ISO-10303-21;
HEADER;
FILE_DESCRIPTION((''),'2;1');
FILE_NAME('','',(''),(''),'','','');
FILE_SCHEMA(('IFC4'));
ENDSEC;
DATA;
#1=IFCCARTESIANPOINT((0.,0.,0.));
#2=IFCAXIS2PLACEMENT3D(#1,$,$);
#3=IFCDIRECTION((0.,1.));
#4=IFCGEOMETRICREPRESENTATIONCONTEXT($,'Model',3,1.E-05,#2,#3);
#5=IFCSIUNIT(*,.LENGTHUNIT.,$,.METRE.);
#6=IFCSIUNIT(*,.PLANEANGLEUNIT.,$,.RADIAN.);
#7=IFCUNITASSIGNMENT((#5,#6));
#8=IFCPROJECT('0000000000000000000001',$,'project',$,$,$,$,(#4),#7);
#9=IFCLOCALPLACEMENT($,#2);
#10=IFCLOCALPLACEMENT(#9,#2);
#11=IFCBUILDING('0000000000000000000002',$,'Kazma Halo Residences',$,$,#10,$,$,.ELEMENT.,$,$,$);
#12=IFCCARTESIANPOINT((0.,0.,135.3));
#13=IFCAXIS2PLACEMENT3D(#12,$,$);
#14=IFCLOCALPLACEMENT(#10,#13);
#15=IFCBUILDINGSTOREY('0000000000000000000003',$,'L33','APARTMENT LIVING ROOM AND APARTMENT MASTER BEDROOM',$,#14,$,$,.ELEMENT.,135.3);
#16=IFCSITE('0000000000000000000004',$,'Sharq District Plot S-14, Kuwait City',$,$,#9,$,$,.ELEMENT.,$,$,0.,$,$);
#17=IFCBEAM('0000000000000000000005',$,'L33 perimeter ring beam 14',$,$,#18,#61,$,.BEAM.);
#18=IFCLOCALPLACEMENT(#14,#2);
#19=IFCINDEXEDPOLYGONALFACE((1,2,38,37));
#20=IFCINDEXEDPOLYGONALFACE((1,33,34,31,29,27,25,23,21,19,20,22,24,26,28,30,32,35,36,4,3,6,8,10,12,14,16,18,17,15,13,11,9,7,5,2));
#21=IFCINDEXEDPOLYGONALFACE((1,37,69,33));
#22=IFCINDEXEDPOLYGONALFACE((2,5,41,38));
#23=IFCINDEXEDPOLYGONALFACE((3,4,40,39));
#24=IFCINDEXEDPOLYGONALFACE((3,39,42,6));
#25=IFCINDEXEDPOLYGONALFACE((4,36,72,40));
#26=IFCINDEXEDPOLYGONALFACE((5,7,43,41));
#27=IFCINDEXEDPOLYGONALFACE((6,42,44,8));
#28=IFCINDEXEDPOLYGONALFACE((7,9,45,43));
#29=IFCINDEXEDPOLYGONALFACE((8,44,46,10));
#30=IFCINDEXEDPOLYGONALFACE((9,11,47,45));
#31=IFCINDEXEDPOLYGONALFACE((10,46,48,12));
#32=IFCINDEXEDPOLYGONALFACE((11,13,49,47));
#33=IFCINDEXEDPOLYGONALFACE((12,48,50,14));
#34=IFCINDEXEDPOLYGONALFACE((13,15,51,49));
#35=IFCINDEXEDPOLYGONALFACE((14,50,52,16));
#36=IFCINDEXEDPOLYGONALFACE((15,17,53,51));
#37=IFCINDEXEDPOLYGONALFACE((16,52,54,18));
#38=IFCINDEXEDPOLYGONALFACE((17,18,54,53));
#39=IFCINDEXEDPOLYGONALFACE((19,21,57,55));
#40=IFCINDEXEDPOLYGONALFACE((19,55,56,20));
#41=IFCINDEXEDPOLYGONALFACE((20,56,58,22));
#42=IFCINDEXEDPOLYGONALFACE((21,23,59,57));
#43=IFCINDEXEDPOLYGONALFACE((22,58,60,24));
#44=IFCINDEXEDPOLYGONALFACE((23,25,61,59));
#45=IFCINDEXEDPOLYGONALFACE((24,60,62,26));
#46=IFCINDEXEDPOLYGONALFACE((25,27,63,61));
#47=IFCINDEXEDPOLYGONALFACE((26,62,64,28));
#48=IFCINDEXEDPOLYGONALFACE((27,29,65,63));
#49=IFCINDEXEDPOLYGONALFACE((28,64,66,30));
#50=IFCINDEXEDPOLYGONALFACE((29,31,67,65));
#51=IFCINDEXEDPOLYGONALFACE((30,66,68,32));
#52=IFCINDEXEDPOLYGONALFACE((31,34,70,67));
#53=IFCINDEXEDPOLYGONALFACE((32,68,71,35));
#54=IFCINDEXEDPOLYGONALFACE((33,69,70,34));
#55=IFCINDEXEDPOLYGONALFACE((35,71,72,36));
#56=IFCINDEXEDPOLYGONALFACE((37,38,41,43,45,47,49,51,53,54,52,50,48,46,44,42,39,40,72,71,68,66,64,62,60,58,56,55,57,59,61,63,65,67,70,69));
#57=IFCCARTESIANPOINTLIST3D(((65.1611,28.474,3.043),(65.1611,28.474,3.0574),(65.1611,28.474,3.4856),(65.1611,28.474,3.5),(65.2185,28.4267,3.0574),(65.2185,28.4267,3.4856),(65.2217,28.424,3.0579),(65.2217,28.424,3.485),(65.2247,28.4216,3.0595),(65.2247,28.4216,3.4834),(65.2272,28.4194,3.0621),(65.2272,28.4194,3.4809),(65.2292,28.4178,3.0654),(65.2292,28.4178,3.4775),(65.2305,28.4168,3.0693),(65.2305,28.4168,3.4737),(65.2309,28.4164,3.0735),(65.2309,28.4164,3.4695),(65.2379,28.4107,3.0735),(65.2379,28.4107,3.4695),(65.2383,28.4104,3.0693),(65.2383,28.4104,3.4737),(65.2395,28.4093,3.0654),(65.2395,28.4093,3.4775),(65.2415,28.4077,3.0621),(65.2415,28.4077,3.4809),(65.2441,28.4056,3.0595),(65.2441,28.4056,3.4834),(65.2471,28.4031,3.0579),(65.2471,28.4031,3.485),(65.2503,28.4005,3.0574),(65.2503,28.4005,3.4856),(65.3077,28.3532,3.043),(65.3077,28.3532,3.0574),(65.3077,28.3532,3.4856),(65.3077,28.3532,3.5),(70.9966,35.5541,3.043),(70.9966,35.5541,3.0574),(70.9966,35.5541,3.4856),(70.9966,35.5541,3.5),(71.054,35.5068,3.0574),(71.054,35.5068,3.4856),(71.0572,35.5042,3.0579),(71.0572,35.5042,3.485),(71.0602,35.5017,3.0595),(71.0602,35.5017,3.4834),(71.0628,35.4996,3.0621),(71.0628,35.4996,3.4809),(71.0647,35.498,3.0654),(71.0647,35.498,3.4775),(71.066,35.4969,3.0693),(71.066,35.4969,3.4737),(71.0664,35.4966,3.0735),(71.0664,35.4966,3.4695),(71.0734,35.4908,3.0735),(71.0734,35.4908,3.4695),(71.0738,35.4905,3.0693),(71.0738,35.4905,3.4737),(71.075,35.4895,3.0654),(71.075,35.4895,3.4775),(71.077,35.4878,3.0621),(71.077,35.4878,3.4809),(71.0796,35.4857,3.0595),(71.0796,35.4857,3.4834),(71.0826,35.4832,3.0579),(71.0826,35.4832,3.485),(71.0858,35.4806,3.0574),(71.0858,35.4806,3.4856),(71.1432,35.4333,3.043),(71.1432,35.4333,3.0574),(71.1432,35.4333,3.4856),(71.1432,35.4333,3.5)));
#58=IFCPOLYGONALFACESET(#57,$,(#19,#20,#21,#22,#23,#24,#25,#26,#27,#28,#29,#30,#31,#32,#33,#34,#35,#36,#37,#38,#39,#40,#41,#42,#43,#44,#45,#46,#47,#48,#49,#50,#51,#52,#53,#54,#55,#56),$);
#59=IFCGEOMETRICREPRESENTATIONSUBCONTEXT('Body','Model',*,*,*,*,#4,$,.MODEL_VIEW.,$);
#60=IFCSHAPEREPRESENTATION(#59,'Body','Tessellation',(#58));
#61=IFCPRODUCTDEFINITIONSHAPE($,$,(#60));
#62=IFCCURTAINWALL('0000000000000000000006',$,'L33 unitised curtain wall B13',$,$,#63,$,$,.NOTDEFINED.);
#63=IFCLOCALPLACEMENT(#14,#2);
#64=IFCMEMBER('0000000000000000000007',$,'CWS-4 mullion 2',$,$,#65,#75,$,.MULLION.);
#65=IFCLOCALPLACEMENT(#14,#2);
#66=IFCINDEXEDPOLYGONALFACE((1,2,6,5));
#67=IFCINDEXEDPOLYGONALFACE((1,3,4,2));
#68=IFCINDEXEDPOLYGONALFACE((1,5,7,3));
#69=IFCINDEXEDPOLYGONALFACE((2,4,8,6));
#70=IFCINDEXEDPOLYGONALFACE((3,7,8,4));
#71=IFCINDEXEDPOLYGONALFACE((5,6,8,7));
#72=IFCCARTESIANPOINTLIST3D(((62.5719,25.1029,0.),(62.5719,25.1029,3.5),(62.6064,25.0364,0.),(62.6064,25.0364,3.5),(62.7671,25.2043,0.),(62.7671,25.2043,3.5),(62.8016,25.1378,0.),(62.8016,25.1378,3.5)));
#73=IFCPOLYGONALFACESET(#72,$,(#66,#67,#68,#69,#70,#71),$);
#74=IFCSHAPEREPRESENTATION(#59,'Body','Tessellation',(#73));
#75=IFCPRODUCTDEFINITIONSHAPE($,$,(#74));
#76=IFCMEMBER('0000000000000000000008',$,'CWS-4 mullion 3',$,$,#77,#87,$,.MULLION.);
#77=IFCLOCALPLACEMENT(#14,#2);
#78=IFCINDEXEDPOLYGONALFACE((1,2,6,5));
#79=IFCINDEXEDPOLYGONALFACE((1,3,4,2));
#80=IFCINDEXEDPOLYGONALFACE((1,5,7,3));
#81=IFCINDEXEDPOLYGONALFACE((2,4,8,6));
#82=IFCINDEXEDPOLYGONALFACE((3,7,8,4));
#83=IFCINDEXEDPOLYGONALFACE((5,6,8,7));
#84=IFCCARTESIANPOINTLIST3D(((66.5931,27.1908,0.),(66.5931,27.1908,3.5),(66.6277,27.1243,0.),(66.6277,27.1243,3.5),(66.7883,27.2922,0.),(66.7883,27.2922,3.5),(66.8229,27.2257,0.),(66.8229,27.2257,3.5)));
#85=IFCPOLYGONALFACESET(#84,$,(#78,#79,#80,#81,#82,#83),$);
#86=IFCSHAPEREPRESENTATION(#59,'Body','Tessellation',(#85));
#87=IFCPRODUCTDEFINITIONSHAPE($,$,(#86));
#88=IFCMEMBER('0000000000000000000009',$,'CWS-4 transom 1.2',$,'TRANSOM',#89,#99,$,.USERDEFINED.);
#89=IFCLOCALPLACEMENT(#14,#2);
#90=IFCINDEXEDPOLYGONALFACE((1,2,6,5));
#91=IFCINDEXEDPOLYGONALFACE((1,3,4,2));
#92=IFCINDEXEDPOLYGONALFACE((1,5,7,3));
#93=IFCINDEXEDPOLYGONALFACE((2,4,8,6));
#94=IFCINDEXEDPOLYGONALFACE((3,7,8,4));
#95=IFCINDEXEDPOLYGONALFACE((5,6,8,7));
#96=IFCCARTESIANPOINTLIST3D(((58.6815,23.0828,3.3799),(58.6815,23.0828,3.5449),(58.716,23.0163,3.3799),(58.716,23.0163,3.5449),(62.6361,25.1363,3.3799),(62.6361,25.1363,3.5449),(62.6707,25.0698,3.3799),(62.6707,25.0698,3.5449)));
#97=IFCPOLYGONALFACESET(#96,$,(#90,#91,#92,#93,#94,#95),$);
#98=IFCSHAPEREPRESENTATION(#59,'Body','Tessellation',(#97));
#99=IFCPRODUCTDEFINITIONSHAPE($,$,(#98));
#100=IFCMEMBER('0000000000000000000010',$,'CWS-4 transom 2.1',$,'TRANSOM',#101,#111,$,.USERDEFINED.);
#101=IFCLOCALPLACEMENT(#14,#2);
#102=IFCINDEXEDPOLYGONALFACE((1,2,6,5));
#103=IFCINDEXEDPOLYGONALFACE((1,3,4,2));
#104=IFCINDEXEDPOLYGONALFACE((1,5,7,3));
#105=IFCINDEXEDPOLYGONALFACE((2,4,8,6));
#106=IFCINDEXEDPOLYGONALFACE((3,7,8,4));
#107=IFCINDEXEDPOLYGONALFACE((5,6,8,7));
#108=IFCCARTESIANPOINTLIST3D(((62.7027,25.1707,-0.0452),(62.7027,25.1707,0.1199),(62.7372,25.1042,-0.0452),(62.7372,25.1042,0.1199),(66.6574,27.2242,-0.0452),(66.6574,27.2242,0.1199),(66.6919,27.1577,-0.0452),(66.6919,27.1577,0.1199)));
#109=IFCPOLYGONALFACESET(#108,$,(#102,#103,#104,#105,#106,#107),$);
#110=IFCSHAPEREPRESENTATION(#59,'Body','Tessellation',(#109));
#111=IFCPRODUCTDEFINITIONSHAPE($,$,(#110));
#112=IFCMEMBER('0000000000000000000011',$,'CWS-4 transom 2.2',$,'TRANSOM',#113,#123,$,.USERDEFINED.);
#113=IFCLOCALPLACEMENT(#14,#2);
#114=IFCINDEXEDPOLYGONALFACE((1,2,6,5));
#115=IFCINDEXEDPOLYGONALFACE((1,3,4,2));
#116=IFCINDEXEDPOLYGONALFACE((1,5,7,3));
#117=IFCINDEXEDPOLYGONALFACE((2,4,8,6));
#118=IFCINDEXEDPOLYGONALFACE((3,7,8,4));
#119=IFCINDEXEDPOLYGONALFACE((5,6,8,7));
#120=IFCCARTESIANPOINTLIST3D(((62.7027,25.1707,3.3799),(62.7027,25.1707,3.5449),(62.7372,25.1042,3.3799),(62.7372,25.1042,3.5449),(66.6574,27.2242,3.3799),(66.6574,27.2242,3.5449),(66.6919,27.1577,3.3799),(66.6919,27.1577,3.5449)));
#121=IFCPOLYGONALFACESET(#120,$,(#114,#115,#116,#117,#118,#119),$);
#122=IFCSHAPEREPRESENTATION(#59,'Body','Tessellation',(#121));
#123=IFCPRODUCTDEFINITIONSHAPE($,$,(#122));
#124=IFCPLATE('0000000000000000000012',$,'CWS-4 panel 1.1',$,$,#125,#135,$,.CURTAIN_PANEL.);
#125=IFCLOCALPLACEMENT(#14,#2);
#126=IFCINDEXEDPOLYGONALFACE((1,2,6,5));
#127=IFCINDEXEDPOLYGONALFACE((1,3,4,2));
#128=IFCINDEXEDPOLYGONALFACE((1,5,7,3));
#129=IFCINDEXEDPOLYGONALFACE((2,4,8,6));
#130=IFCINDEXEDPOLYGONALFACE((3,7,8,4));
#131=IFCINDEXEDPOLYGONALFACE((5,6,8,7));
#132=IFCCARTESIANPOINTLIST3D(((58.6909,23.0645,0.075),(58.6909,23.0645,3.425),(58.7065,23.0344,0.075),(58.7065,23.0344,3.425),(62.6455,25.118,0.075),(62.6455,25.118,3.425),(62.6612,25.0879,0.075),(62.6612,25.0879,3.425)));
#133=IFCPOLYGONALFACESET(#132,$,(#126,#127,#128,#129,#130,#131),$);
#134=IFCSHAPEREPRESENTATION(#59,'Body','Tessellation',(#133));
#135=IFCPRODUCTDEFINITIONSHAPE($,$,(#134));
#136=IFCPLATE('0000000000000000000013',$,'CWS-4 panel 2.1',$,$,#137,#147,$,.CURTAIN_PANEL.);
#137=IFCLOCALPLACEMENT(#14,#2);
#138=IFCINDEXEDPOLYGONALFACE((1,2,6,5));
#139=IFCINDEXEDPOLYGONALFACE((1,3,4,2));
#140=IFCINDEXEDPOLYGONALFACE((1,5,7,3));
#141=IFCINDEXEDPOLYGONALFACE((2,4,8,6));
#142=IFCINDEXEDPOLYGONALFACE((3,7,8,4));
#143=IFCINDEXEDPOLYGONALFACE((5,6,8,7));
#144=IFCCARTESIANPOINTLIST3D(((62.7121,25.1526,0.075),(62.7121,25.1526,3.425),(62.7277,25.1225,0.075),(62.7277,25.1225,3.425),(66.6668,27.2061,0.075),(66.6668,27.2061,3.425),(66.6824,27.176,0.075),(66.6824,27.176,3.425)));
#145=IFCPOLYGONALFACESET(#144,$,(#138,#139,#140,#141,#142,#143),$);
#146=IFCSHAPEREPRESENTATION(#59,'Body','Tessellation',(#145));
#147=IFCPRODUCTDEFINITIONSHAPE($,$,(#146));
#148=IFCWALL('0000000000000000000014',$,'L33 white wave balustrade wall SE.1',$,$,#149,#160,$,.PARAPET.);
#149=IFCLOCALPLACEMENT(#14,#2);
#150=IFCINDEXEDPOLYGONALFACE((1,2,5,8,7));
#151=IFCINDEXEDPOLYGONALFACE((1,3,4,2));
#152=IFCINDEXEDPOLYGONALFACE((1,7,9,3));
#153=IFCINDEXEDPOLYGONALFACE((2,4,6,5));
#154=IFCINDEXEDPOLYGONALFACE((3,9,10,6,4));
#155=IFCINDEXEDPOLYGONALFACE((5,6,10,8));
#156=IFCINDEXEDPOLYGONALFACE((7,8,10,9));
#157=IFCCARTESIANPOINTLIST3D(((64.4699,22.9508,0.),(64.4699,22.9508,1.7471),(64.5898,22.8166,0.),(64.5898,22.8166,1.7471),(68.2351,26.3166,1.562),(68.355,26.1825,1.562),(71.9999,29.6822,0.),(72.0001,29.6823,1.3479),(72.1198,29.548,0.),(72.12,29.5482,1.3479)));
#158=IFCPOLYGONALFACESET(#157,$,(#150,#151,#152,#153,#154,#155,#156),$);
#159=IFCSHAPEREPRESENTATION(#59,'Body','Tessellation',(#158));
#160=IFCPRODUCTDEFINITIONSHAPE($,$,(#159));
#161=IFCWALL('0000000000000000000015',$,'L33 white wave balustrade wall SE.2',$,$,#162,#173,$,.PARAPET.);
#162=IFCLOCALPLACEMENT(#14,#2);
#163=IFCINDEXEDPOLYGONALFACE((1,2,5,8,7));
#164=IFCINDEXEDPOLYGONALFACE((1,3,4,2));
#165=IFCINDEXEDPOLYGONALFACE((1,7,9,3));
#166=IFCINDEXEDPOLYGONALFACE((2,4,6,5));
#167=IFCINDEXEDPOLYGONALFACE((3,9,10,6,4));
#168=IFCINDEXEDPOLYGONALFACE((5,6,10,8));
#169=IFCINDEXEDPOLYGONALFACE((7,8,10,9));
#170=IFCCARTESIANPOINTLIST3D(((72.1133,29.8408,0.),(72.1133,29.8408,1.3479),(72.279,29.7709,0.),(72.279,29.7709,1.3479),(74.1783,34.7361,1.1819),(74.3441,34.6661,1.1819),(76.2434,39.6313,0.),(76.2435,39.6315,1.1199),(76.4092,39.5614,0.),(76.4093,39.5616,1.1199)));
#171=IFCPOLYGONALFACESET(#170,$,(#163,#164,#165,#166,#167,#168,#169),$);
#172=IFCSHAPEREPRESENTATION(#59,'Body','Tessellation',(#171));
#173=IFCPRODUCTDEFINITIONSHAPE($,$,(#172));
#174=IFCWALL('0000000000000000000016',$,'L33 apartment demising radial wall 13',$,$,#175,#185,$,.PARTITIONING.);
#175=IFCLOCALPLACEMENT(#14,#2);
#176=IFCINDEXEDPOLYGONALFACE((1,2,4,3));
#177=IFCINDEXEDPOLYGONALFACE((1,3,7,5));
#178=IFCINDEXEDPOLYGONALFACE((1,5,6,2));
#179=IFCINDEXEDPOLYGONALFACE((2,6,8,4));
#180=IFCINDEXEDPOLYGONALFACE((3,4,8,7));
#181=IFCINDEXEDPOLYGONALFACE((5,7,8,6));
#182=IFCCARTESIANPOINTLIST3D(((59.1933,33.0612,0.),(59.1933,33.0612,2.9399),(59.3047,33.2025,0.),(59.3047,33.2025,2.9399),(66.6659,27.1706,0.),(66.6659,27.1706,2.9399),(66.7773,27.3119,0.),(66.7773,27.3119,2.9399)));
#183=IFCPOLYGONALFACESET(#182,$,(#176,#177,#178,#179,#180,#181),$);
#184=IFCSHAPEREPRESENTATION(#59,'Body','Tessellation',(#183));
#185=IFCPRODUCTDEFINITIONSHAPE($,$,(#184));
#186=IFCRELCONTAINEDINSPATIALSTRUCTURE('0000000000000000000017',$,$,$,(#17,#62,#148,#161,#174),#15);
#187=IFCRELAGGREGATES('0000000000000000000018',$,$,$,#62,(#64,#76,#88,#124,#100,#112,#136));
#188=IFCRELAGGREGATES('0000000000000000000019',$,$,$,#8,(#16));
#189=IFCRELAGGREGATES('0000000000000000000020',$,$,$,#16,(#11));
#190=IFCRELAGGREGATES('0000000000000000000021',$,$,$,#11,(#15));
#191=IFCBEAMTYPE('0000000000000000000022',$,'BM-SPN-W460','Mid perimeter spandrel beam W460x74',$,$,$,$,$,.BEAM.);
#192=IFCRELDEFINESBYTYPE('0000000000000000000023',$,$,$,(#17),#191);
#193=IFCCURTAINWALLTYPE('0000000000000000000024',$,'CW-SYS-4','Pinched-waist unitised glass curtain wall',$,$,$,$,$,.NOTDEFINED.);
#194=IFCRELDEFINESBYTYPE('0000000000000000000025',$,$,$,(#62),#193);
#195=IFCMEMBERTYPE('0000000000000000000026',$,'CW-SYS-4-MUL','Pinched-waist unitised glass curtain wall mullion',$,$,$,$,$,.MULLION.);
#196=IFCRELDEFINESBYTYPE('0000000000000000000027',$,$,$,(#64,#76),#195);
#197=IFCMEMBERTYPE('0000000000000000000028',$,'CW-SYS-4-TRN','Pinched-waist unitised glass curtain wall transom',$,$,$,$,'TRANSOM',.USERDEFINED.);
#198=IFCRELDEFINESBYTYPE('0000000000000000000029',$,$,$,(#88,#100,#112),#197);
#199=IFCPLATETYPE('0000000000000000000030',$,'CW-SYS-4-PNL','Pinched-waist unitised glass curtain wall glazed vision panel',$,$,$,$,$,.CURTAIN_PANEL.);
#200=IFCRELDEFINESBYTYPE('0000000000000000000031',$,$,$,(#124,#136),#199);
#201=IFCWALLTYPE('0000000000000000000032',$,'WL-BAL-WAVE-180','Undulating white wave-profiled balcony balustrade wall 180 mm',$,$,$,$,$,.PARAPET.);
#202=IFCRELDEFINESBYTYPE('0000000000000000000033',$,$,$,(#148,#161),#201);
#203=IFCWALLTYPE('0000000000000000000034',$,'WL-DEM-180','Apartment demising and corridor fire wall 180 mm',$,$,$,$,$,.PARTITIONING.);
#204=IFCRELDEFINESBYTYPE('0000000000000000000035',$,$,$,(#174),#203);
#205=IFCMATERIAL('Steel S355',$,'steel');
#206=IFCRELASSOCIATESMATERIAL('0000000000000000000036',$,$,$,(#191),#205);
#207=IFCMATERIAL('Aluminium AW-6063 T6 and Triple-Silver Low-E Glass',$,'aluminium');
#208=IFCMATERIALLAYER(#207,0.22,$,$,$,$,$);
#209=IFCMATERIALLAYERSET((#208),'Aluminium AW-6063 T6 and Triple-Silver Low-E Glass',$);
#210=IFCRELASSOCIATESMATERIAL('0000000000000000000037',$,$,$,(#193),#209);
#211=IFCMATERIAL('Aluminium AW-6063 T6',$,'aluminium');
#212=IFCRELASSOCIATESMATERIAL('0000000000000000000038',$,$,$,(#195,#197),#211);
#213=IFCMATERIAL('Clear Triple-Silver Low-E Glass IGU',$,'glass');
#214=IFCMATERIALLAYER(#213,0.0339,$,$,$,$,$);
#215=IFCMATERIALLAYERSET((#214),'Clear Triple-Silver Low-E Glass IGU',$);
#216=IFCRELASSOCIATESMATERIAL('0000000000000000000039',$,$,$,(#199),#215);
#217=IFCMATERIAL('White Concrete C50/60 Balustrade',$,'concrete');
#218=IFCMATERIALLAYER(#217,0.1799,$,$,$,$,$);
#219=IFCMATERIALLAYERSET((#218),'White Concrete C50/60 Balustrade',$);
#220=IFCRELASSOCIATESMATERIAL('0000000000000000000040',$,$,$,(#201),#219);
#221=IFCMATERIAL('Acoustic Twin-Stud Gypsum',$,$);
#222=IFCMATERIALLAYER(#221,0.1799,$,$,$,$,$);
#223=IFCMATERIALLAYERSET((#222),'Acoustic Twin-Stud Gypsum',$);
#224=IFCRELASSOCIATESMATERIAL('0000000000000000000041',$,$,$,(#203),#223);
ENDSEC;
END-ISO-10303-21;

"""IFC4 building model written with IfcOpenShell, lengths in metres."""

from ifc_helpers import new_model, si_unit, direction, frame, frame_2d, origin, origin_2d, place, context, subcontext, project, spatial, polyline, rectangle, i_section, outline, extrude, material, layer, layer_set, material_profile, profile_set, type_object, element, aggregate, save


model = new_model("IFC4")

# Units and contexts
model_context = context("Model", 3, precision=1e-05, world=origin(), true_north=direction((0.0, 1.0)))
body_context = subcontext(model_context, "Body", "Model", "MODEL_VIEW")
ifc_project = project(units=[si_unit("LENGTHUNIT", "METRE"), si_unit("PLANEANGLEUNIT", "RADIAN")], contexts=[model_context])

# Site, building, storey
site_placement = place(None, origin())
site = spatial("IfcSite", under=ifc_project, at=site_placement, Name="Sharq District Plot S-14, Kuwait City", CompositionType="ELEMENT", RefElevation=0.0)
building_placement = place(site_placement, origin())
building = spatial("IfcBuilding", under=site, at=building_placement, Name="Kazma Halo Residences", CompositionType="ELEMENT")
storey_placement = place(building_placement, frame((0.0, 0.0, 135.3)))
storey = spatial("IfcBuildingStorey", under=building, at=storey_placement, Name="L33", Description="APARTMENT LIVING ROOM AND APARTMENT MASTER BEDROOM", CompositionType="ELEMENT", Elevation=135.3)

# Beam
ifc_material_1 = material(Name="Steel S355", Category="steel")
ifc_material_profile_1 = material_profile(ifc_material_1, i_section(OverallWidth=0.1899, OverallDepth=0.457, WebThickness=0.009, FlangeThickness=0.0144, FilletRadius=0.0161, at=origin_2d()), Name="W460x74")
ifc_profile_set_1 = profile_set([ifc_material_profile_1], Name="Steel S355")
beam_type_1 = type_object("IfcBeamType", Name="BM-SPN-W460", Description="Mid perimeter spandrel beam W460x74", PredefinedType="BEAM", material=ifc_profile_set_1)
beam_1_placement = place(storey_placement, frame((65.2344, 28.4136, 3.2715), z_axis=(0.636019, 0.771674, 0.0), x_axis=(-0.771674, 0.636019, 0.0)))
element("IfcBeam", 1, at=beam_1_placement, inside=storey, type_object=beam_type_1, Name="L33 perimeter ring beam 14", PredefinedType="BEAM", context=body_context, shape_type="SweptSolid", body=[
    extrude(i_section(OverallWidth=0.1899, OverallDepth=0.457, WebThickness=0.009, FlangeThickness=0.0144, FilletRadius=0.0161, at=origin_2d()), origin(), (0.0, 0.0, 1.0), 9.175),
])

# Curtain wall, members, plates
ifc_material_2 = material(Name="Aluminium AW-6063 T6 and Triple-Silver Low-E Glass", Category="aluminium")
ifc_layer_1 = layer(ifc_material_2, 0.22)
ifc_layer_set_1 = layer_set([ifc_layer_1], Name="Aluminium AW-6063 T6 and Triple-Silver Low-E Glass")
curtain_wall_type = type_object("IfcCurtainWallType", Name="CW-SYS-4", Description="Pinched-waist unitised glass curtain wall", PredefinedType="NOTDEFINED", material=ifc_layer_set_1)
curtain_wall_placement = place(storey_placement, origin())
curtain_wall = element("IfcCurtainWall", 2, at=curtain_wall_placement, inside=storey, type_object=curtain_wall_type, Name="L33 unitised curtain wall B13", PredefinedType="NOTDEFINED")
ifc_material_3 = material(Name="Aluminium AW-6063 T6", Category="aluminium")
ifc_material_profile_2 = material_profile(ifc_material_3, rectangle(XDim=0.075, YDim=0.22, at=origin_2d()), Name="CWM-75x220")
ifc_profile_set_2 = profile_set([ifc_material_profile_2], Name="Aluminium AW-6063 T6")
member_type_1 = type_object("IfcMemberType", Name="CW-SYS-4-MUL", Description="Pinched-waist unitised glass curtain wall mullion", PredefinedType="MULLION", material=ifc_profile_set_2)
member_1_placement = place(storey_placement, frame((62.6868, 25.1204, 0.0), z_axis=(0.0, 0.0, 1.0), x_axis=(-0.460837, 0.887485, 0.0)))
member_1 = element("IfcMember", 3, at=member_1_placement, type_object=member_type_1, Name="CWS-4 mullion 2", PredefinedType="MULLION", context=body_context, shape_type="SweptSolid", body=[
    extrude(rectangle(XDim=0.075, YDim=0.22, at=origin_2d()), origin(), (0.0, 0.0, 1.0), 3.5),
])
member_2_placement = place(storey_placement, frame((66.708, 27.2083, 0.0), z_axis=(0.0, 0.0, 1.0), x_axis=(-0.460837, 0.887485, 0.0)))
member_2 = element("IfcMember", 4, at=member_2_placement, type_object=member_type_1, Name="CWS-4 mullion 3", PredefinedType="MULLION", context=body_context, shape_type="SweptSolid", body=[
    extrude(rectangle(XDim=0.075, YDim=0.22, at=origin_2d()), origin(), (0.0, 0.0, 1.0), 3.5),
])
ifc_material_profile_3 = material_profile(ifc_material_3, rectangle(XDim=0.075, YDim=0.165, at=origin_2d()), Name="CWT-75x165")
ifc_profile_set_3 = profile_set([ifc_material_profile_3], Name="Aluminium AW-6063 T6")
member_type_2 = type_object("IfcMemberType", Name="CW-SYS-4-TRN", Description="Pinched-waist unitised glass curtain wall transom", ElementType="TRANSOM", PredefinedType="USERDEFINED", material=ifc_profile_set_3)
member_3_placement = place(storey_placement, frame((58.6987, 23.0496, 3.4624), z_axis=(0.887485, 0.460837, 0.0), x_axis=(-0.460837, 0.887485, 0.0)))
member_3 = element("IfcMember", 5, at=member_3_placement, type_object=member_type_2, Name="CWS-4 transom 1.2", ObjectType="TRANSOM", PredefinedType="USERDEFINED", context=body_context, shape_type="SweptSolid", body=[
    extrude(rectangle(XDim=0.075, YDim=0.165, at=origin_2d()), origin(), (0.0, 0.0, 1.0), 4.4561),
])
member_4_placement = place(storey_placement, frame((62.72, 25.1375, 0.0374), z_axis=(0.887485, 0.460837, 0.0), x_axis=(-0.460837, 0.887485, 0.0)))
member_4 = element("IfcMember", 6, at=member_4_placement, type_object=member_type_2, Name="CWS-4 transom 2.1", ObjectType="TRANSOM", PredefinedType="USERDEFINED", context=body_context, shape_type="SweptSolid", body=[
    extrude(rectangle(XDim=0.075, YDim=0.165, at=origin_2d()), origin(), (0.0, 0.0, 1.0), 4.4561),
])
member_5_placement = place(storey_placement, frame((62.72, 25.1375, 3.4624), z_axis=(0.887485, 0.460837, 0.0), x_axis=(-0.460837, 0.887485, 0.0)))
member_5 = element("IfcMember", 7, at=member_5_placement, type_object=member_type_2, Name="CWS-4 transom 2.2", ObjectType="TRANSOM", PredefinedType="USERDEFINED", context=body_context, shape_type="SweptSolid", body=[
    extrude(rectangle(XDim=0.075, YDim=0.165, at=origin_2d()), origin(), (0.0, 0.0, 1.0), 4.4561),
])
ifc_material_4 = material(Name="Clear Triple-Silver Low-E Glass IGU", Category="glass")
ifc_layer_2 = layer(ifc_material_4, 0.0339)
ifc_layer_set_2 = layer_set([ifc_layer_2], Name="Clear Triple-Silver Low-E Glass IGU")
plate_type = type_object("IfcPlateType", Name="CW-SYS-4-PNL", Description="Pinched-waist unitised glass curtain wall glazed vision panel", PredefinedType="CURTAIN_PANEL", material=ifc_layer_set_2)
plate_1_placement = place(storey_placement, frame((60.676, 24.0762, 0.075), z_axis=(0.0, 0.0, 1.0), x_axis=(0.887485, 0.460837, 0.0)))
plate_1 = element("IfcPlate", 8, at=plate_1_placement, type_object=plate_type, Name="CWS-4 panel 1.1", PredefinedType="CURTAIN_PANEL", context=body_context, shape_type="SweptSolid", body=[
    extrude(rectangle(XDim=4.4561, YDim=0.0339, at=origin_2d()), origin(), (0.0, 0.0, 1.0), 3.3501),
])
plate_2_placement = place(storey_placement, frame((64.6973, 26.1643, 0.075), z_axis=(0.0, 0.0, 1.0), x_axis=(0.887485, 0.460837, 0.0)))
plate_2 = element("IfcPlate", 9, at=plate_2_placement, type_object=plate_type, Name="CWS-4 panel 2.1", PredefinedType="CURTAIN_PANEL", context=body_context, shape_type="SweptSolid", body=[
    extrude(rectangle(XDim=4.4561, YDim=0.0339, at=origin_2d()), origin(), (0.0, 0.0, 1.0), 3.3501),
])
aggregate(curtain_wall, [member_1, member_2, member_3, plate_1, member_4, member_5, plate_2])

# Walls
ifc_material_5 = material(Name="White Concrete C50/60 Balustrade", Category="concrete")
ifc_layer_3 = layer(ifc_material_5, 0.1799)
ifc_layer_set_3 = layer_set([ifc_layer_3], Name="White Concrete C50/60 Balustrade")
wall_type_1 = type_object("IfcWallType", Name="WL-BAL-WAVE-180", Description="Undulating white wave-profiled balcony balustrade wall 180 mm", PredefinedType="PARAPET", material=ifc_layer_set_3)
wall_1_placement = place(storey_placement, frame((64.5298, 22.8838, 0.0), z_axis=(0.0, 0.0, 1.0), x_axis=(0.745534, 0.666468, 0.0)))
element("IfcWall", 10, at=wall_1_placement, inside=storey, type_object=wall_type_1, Name="L33 white wave balustrade wall SE.1", PredefinedType="PARAPET", context=body_context, shape_type="SweptSolid", body=[
    extrude(outline(polyline([(0.0, 0.0), (10.1001, 0.0), (10.1003, 1.3479), (5.0503, 1.562), (0.0, 1.7471), (0.0, 0.0)])), frame((0.0, 0.0898, 0.0), z_axis=(0.0, -1.0, 0.0), x_axis=(1.0, 0.0, 0.0)), (0.0, 0.0, 1.0), 0.1799),
])
wall_2_placement = place(storey_placement, frame((72.196, 29.8059, 0.0), z_axis=(0.0, 0.0, 1.0), x_axis=(0.38868, 0.921373, 0.0)))
element("IfcWall", 11, at=wall_2_placement, inside=storey, type_object=wall_type_1, Name="L33 white wave balustrade wall SE.2", PredefinedType="PARAPET", context=body_context, shape_type="SweptSolid", body=[
    extrude(outline(polyline([(0.0, 0.0), (10.626, 0.0), (10.6262, 1.1199), (5.313, 1.1819), (0.0, 1.3479), (0.0, 0.0)])), frame((0.0, 0.0898, 0.0), z_axis=(0.0, -1.0, 0.0), x_axis=(1.0, 0.0, 0.0)), (0.0, 0.0, 1.0), 0.1799),
])
ifc_material_6 = material(Name="Acoustic Twin-Stud Gypsum")
ifc_layer_4 = layer(ifc_material_6, 0.1799)
ifc_layer_set_4 = layer_set([ifc_layer_4], Name="Acoustic Twin-Stud Gypsum")
wall_type_2 = type_object("IfcWallType", Name="WL-DEM-180", Description="Apartment demising and corridor fire wall 180 mm", PredefinedType="PARTITIONING", material=ifc_layer_set_4)
wall_3_placement = place(storey_placement, frame((59.249, 33.1318, 0.0), z_axis=(0.0, 0.0, 1.0), x_axis=(0.785334, -0.619072, 0.0)))
element("IfcWall", 12, at=wall_3_placement, inside=storey, type_object=wall_type_2, Name="L33 apartment demising radial wall 13", PredefinedType="PARTITIONING", context=body_context, shape_type="SweptSolid", body=[
    extrude(rectangle(XDim=9.5151, YDim=0.1799, at=frame_2d((4.7576, 0.0))), origin(), (0.0, 0.0, 1.0), 2.9399),
])

save(model, "model.ifc")
